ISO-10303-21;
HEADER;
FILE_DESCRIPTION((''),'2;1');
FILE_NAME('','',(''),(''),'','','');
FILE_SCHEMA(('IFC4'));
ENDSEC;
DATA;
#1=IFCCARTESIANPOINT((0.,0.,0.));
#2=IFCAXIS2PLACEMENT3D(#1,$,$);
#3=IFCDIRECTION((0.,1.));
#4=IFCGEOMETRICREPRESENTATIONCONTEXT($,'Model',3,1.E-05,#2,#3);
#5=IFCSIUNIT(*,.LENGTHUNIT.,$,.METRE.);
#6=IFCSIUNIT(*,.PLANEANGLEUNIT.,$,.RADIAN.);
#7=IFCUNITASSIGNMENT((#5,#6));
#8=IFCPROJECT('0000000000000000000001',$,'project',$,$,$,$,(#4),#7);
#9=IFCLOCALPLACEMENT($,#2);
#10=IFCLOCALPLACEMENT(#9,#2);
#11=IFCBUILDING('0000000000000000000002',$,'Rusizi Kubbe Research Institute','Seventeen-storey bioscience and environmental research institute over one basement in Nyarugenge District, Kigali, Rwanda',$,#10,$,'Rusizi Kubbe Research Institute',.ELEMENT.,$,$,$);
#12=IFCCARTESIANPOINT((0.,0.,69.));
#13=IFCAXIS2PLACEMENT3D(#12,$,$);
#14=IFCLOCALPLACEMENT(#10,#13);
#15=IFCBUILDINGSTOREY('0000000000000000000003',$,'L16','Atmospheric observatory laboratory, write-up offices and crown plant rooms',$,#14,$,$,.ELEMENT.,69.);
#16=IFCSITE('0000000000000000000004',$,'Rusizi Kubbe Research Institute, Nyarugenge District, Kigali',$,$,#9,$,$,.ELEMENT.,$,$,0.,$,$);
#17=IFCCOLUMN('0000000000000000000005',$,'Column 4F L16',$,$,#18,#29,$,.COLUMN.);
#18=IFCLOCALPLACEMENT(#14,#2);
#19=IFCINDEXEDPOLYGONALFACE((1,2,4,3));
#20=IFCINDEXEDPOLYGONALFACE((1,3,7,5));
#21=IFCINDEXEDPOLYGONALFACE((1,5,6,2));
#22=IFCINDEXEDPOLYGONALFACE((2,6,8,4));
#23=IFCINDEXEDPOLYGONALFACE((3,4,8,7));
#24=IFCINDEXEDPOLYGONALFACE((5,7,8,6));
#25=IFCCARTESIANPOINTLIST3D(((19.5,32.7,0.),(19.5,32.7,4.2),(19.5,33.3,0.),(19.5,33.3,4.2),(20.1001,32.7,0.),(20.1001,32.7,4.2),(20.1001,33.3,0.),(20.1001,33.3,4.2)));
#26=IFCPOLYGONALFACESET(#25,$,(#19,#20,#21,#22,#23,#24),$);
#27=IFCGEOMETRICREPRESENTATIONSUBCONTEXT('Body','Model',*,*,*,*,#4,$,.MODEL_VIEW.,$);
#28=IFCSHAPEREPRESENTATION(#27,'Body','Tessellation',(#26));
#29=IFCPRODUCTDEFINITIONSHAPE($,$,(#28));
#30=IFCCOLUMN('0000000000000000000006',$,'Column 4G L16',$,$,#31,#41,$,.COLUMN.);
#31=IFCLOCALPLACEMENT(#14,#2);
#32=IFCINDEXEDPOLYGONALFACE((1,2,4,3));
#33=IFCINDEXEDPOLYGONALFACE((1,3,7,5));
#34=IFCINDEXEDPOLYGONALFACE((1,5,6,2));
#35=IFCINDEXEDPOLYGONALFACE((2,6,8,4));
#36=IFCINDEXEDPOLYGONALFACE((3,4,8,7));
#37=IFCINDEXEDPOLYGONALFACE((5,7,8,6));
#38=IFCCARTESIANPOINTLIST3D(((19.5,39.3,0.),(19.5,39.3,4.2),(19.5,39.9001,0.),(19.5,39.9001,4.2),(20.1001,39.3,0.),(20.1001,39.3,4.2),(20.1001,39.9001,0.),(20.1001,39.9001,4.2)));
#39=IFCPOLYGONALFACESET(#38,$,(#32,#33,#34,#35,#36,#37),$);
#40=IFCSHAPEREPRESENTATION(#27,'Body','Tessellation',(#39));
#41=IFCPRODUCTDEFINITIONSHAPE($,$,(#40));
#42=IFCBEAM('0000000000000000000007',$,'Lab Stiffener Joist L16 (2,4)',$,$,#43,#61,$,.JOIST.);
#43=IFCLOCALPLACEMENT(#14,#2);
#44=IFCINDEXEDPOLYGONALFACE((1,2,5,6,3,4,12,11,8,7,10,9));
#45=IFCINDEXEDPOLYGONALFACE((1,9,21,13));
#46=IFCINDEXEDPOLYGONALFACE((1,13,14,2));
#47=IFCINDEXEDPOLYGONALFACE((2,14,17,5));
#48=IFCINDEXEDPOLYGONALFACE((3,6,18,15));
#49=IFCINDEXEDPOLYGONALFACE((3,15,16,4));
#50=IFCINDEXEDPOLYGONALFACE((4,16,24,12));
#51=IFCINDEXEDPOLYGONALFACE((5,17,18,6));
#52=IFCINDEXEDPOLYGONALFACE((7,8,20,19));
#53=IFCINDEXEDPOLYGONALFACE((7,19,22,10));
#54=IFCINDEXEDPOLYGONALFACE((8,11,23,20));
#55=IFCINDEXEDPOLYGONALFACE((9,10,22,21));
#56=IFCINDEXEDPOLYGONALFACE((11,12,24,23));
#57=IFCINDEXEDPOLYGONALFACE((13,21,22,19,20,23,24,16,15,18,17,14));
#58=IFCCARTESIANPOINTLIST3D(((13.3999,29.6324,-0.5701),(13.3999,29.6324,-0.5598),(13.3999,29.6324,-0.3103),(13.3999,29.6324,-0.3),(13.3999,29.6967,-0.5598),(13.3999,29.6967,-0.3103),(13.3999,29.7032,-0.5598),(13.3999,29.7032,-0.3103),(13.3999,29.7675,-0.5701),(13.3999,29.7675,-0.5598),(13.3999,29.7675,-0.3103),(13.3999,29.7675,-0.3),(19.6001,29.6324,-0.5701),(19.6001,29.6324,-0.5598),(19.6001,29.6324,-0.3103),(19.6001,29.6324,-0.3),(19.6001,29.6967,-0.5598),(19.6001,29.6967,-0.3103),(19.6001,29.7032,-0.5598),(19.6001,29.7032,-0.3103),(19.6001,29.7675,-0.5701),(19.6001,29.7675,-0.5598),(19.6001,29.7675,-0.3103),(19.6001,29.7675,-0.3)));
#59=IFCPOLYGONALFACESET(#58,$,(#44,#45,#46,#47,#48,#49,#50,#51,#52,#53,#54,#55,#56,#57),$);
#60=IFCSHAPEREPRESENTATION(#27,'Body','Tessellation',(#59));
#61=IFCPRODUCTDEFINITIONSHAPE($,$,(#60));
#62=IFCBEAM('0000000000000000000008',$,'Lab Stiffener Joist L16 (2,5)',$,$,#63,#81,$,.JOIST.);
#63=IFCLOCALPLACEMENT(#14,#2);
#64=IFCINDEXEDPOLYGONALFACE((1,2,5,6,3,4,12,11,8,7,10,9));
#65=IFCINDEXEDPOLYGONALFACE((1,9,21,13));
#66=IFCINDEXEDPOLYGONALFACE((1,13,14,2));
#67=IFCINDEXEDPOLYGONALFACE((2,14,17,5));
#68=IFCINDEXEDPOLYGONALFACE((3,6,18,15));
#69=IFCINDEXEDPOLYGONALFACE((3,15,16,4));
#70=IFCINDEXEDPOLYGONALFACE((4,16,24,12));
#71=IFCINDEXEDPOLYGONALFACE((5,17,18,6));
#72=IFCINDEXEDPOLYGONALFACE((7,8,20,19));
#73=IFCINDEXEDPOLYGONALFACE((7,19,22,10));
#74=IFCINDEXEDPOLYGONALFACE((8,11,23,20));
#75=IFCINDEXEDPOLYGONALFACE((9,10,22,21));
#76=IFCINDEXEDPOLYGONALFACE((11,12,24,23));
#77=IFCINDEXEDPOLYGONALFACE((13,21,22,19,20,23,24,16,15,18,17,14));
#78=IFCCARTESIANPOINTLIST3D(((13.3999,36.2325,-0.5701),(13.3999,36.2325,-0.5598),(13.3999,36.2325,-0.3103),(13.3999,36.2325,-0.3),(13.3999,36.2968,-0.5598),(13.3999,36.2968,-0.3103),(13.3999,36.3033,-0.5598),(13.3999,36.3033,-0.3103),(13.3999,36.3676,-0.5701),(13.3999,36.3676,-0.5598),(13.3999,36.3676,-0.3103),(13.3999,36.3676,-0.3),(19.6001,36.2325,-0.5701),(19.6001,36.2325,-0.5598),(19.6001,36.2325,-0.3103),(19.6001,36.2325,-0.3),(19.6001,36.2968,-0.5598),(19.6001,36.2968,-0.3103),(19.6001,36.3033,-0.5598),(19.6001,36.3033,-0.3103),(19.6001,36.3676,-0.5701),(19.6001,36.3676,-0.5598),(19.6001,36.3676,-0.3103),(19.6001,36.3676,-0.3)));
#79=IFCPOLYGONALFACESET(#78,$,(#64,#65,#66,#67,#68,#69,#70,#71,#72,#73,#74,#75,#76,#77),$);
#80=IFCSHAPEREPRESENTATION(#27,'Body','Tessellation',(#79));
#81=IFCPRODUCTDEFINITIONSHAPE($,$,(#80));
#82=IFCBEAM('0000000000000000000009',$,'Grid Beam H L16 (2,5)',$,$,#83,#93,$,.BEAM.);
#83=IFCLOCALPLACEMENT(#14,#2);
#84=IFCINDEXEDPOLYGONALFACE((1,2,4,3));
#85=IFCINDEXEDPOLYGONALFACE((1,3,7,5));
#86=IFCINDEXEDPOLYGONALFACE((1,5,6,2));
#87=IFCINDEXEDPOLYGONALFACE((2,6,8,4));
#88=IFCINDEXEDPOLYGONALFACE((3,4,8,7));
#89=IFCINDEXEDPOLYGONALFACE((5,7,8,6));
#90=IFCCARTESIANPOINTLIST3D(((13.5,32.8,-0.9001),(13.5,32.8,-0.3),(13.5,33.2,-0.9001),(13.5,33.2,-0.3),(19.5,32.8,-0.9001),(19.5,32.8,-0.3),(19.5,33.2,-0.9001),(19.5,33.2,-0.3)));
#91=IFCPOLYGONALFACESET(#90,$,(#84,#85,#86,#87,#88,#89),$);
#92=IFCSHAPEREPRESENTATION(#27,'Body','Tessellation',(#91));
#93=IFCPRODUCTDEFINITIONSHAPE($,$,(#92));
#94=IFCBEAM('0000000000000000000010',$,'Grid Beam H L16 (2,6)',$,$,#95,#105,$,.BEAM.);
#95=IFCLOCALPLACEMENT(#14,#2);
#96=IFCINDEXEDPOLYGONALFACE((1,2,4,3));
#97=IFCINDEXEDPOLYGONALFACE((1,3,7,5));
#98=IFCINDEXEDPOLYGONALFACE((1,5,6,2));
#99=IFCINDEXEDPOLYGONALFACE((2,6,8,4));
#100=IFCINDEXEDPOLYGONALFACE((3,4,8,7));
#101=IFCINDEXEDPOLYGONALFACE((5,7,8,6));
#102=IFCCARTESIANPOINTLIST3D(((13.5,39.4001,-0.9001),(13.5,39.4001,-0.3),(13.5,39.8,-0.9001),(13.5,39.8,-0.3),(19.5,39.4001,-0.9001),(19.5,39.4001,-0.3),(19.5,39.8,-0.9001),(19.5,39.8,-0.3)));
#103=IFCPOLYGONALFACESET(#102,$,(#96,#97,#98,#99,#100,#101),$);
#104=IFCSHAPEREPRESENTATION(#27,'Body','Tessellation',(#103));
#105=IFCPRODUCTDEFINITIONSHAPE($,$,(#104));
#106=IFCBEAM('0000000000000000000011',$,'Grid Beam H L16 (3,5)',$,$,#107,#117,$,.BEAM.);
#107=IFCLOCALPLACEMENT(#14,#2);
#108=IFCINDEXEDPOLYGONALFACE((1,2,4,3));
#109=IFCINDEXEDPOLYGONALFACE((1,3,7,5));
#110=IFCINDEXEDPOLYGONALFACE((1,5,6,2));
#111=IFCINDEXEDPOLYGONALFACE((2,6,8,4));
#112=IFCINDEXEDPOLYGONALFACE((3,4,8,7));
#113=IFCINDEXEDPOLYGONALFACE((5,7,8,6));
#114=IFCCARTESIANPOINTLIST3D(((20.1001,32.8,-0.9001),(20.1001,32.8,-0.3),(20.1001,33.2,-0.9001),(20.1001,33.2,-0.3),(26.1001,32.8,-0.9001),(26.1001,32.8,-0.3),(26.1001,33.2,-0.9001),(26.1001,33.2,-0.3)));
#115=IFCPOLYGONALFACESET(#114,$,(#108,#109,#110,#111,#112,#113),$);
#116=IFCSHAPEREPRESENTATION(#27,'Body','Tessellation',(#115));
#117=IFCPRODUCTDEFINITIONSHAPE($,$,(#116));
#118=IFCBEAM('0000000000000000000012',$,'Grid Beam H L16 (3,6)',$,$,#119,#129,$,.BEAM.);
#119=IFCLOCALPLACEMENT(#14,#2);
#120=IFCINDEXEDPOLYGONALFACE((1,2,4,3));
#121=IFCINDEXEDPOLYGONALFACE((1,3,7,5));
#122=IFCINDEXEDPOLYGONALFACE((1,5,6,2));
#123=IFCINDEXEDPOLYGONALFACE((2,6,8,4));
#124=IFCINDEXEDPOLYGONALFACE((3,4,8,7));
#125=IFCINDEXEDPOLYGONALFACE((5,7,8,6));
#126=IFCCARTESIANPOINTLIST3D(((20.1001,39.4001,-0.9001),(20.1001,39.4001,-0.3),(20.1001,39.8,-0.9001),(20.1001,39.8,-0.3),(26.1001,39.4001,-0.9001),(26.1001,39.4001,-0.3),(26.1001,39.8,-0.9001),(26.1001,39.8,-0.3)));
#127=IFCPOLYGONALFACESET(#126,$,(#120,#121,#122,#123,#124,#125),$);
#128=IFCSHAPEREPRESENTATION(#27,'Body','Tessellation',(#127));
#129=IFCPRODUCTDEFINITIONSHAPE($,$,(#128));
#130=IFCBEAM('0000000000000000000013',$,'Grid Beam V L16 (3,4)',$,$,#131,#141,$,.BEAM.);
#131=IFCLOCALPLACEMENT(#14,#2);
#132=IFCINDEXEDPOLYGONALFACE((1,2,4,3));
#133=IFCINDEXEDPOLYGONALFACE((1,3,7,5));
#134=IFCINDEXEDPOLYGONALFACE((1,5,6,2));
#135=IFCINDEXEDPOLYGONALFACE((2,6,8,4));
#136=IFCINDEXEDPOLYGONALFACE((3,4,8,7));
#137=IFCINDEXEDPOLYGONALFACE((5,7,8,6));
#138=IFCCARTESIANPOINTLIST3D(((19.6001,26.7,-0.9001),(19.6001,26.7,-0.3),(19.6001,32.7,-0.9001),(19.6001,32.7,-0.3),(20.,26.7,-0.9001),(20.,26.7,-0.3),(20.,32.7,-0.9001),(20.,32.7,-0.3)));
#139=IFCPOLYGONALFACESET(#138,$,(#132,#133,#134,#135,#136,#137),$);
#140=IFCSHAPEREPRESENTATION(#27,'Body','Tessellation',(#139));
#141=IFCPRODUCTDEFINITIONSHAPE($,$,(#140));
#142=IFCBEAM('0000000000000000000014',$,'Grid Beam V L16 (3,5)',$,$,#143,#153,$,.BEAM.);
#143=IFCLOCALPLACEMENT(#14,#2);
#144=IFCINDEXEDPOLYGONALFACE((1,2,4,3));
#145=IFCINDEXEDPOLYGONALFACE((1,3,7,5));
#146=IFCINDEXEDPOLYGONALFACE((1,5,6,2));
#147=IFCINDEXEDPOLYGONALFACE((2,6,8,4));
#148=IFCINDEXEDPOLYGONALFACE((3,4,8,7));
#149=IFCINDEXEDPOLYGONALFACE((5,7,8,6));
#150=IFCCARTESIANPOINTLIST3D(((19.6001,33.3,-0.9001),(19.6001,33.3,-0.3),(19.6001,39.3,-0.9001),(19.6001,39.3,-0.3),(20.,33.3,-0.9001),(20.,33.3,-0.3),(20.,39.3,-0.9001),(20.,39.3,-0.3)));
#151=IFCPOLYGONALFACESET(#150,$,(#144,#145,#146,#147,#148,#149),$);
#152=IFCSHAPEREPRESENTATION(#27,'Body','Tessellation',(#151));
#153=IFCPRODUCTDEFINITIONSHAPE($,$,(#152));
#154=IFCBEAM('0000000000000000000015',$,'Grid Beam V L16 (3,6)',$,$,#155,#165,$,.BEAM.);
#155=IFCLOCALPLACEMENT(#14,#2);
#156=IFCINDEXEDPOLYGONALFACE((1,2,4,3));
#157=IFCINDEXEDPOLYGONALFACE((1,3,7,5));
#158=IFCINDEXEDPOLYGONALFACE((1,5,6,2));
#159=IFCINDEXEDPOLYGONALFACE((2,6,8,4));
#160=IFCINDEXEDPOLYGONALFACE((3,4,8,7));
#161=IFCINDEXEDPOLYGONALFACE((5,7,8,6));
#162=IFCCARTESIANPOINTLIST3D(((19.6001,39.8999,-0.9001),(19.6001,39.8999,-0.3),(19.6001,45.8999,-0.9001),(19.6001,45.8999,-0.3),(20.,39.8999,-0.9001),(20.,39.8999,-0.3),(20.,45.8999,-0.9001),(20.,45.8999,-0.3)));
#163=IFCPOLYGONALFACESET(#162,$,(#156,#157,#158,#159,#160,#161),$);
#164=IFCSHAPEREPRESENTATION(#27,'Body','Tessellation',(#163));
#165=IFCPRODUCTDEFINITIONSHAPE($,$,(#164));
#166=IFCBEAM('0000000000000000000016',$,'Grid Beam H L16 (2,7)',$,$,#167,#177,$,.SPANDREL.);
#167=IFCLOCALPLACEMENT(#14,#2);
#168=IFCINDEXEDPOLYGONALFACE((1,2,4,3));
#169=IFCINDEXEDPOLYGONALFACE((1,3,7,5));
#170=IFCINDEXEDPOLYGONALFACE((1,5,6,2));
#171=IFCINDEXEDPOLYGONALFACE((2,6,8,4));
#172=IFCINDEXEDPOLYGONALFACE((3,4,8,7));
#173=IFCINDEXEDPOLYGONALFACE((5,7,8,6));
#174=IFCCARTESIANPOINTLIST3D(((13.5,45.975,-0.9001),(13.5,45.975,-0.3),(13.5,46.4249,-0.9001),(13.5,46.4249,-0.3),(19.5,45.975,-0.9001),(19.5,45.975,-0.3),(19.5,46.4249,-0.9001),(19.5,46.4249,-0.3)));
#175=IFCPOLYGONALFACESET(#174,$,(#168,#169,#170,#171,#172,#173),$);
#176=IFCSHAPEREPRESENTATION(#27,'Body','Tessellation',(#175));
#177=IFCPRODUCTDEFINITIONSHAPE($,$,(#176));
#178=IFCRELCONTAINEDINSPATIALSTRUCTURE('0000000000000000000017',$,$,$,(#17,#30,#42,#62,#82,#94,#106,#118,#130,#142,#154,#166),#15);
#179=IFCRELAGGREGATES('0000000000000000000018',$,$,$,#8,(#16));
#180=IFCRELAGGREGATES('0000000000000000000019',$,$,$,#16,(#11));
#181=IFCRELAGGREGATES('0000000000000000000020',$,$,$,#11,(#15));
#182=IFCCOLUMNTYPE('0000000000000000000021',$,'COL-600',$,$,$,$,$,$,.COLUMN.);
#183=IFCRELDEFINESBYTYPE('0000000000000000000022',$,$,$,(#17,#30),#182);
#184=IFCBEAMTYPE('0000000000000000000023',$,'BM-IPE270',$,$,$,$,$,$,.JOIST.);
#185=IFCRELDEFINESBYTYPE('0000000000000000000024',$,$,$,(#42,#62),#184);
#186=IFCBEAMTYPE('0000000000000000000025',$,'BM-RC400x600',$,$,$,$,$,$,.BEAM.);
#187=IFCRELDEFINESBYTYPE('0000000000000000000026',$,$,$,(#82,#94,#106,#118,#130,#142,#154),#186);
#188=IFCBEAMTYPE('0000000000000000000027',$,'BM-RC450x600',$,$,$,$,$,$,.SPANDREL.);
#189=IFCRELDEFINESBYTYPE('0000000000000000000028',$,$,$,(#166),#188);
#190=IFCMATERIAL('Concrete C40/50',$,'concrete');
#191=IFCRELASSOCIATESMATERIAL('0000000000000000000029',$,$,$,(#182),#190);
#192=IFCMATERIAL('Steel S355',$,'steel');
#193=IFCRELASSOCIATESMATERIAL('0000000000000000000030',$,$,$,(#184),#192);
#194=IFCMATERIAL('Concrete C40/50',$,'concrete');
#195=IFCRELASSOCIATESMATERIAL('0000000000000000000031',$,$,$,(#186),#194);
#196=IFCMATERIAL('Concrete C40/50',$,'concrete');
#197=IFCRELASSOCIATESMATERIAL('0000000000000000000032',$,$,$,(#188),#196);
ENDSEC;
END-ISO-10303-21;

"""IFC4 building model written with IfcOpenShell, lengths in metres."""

from ifc_helpers import new_model, si_unit, direction, frame, origin, origin_2d, place, context, subcontext, project, spatial, rectangle, i_section, extrude, material, material_profile, profile_set, type_object, element, save


model = new_model("IFC4")

# Units and contexts
model_context = context("Model", 3, precision=1e-05, world=origin(), true_north=direction((0.0, 1.0)))
body_context = subcontext(model_context, "Body", "Model", "MODEL_VIEW")
ifc_project = project(units=[si_unit("LENGTHUNIT", "METRE"), si_unit("PLANEANGLEUNIT", "RADIAN")], contexts=[model_context])

# Site, building, storey
site_placement = place(None, origin())
site = spatial("IfcSite", under=ifc_project, at=site_placement, Name="Rusizi Kubbe Research Institute, Nyarugenge District, Kigali", CompositionType="ELEMENT", RefElevation=0.0)
building_placement = place(site_placement, origin())
building = spatial("IfcBuilding", under=site, at=building_placement, Name="Rusizi Kubbe Research Institute", Description="Seventeen-storey bioscience and environmental research institute over one basement in Nyarugenge District, Kigali, Rwanda", LongName="Rusizi Kubbe Research Institute", CompositionType="ELEMENT")
storey_placement = place(building_placement, frame((0.0, 0.0, 69.0)))
storey = spatial("IfcBuildingStorey", under=building, at=storey_placement, Name="L16", Description="Atmospheric observatory laboratory, write-up offices and crown plant rooms", CompositionType="ELEMENT", Elevation=69.0)

# Columns
ifc_material_1 = material(Name="Concrete C40/50", Category="concrete")
ifc_material_profile_1 = material_profile(ifc_material_1, rectangle(XDim=0.6001, YDim=0.6001, at=origin_2d()), Name="RC600x600")
ifc_profile_set_1 = profile_set([ifc_material_profile_1], Name="Concrete C40/50")
column_type = type_object("IfcColumnType", Name="COL-600", PredefinedType="COLUMN", material=ifc_profile_set_1)
for number, where, z_axis, x_axis, name in (
    (1, (19.8, 33.0, 0.0), (0.0, 0.0, 1.0), (1.0, 0.0, 0.0), "Column 4F L16"),
    (2, (19.8, 39.6001, 0.0), (0.0, 0.0, 1.0), (1.0, 0.0, 0.0), "Column 4G L16"),
):
    element("IfcColumn", number, at=place(storey_placement, frame(where, z_axis=z_axis, x_axis=x_axis)), inside=storey, type_object=column_type, Name=name, PredefinedType="COLUMN", context=body_context, shape_type="SweptSolid", body=[
        extrude(rectangle(XDim=0.6001, YDim=0.6001, at=origin_2d()), origin(), (0.0, 0.0, 1.0), 4.2),
    ])

# Beams
ifc_material_2 = material(Name="Steel S355", Category="steel")
ifc_material_profile_2 = material_profile(ifc_material_2, i_section(OverallWidth=0.135, OverallDepth=0.27, WebThickness=0.0066, FlangeThickness=0.0103, at=origin_2d()), Name="IPE 270")
ifc_profile_set_2 = profile_set([ifc_material_profile_2], Name="Steel S355")
beam_type_1 = type_object("IfcBeamType", Name="BM-IPE270", PredefinedType="JOIST", material=ifc_profile_set_2)
for number, where, z_axis, x_axis, name in (
    (3, (13.3999, 29.7, -0.4351), (1.0, 0.0, 0.0), (0.0, 1.0, 0.0), "Lab Stiffener Joist L16 (2,4)"),
    (4, (13.3999, 36.3, -0.4351), (1.0, 0.0, 0.0), (0.0, 1.0, 0.0), "Lab Stiffener Joist L16 (2,5)"),
):
    element("IfcBeam", number, at=place(storey_placement, frame(where, z_axis=z_axis, x_axis=x_axis)), inside=storey, type_object=beam_type_1, Name=name, PredefinedType="JOIST", context=body_context, shape_type="SweptSolid", body=[
        extrude(i_section(OverallWidth=0.135, OverallDepth=0.27, WebThickness=0.0066, FlangeThickness=0.0103, at=origin_2d()), origin(), (0.0, 0.0, 1.0), 6.2002),
    ])
ifc_material_3 = material(Name="Concrete C40/50", Category="concrete")
ifc_material_profile_3 = material_profile(ifc_material_3, rectangle(XDim=0.3999, YDim=0.6001, at=origin_2d()), Name="RC400x600")
ifc_profile_set_3 = profile_set([ifc_material_profile_3], Name="Concrete C40/50")
beam_type_2 = type_object("IfcBeamType", Name="BM-RC400x600", PredefinedType="BEAM", material=ifc_profile_set_3)
for number, where, z_axis, x_axis, name in (
    (5, (13.5, 33.0, -0.6001), (1.0, 0.0, 0.0), (0.0, 1.0, 0.0), "Grid Beam H L16 (2,5)"),
    (6, (13.5, 39.6001, -0.6001), (1.0, 0.0, 0.0), (0.0, 1.0, 0.0), "Grid Beam H L16 (2,6)"),
    (7, (20.1001, 33.0, -0.6001), (1.0, 0.0, 0.0), (0.0, 1.0, 0.0), "Grid Beam H L16 (3,5)"),
    (8, (20.1001, 39.6001, -0.6001), (1.0, 0.0, 0.0), (0.0, 1.0, 0.0), "Grid Beam H L16 (3,6)"),
    (9, (19.8, 26.7, -0.6001), (0.0, 1.0, 0.0), (-1.0, 0.0, 0.0), "Grid Beam V L16 (3,4)"),
    (10, (19.8, 33.3, -0.6001), (0.0, 1.0, 0.0), (-1.0, 0.0, 0.0), "Grid Beam V L16 (3,5)"),
    (11, (19.8, 39.8999, -0.6001), (0.0, 1.0, 0.0), (-1.0, 0.0, 0.0), "Grid Beam V L16 (3,6)"),
):
    element("IfcBeam", number, at=place(storey_placement, frame(where, z_axis=z_axis, x_axis=x_axis)), inside=storey, type_object=beam_type_2, Name=name, PredefinedType="BEAM", context=body_context, shape_type="SweptSolid", body=[
        extrude(rectangle(XDim=0.3999, YDim=0.6001, at=origin_2d()), origin(), (0.0, 0.0, 1.0), 6.0),
    ])
ifc_material_4 = material(Name="Concrete C40/50", Category="concrete")
ifc_material_profile_4 = material_profile(ifc_material_4, rectangle(XDim=0.45, YDim=0.6001, at=origin_2d()), Name="RC450x600")
ifc_profile_set_4 = profile_set([ifc_material_profile_4], Name="Concrete C40/50")
beam_type_3 = type_object("IfcBeamType", Name="BM-RC450x600", PredefinedType="SPANDREL", material=ifc_profile_set_4)
beam_placement = place(storey_placement, frame((13.5, 46.2, -0.6001), z_axis=(1.0, 0.0, 0.0), x_axis=(0.0, 1.0, 0.0)))
element("IfcBeam", 12, at=beam_placement, inside=storey, type_object=beam_type_3, Name="Grid Beam H L16 (2,7)", PredefinedType="SPANDREL", context=body_context, shape_type="SweptSolid", body=[
    extrude(rectangle(XDim=0.45, YDim=0.6001, at=origin_2d()), origin(), (0.0, 0.0, 1.0), 6.0),
])

save(model, "model.ifc")
